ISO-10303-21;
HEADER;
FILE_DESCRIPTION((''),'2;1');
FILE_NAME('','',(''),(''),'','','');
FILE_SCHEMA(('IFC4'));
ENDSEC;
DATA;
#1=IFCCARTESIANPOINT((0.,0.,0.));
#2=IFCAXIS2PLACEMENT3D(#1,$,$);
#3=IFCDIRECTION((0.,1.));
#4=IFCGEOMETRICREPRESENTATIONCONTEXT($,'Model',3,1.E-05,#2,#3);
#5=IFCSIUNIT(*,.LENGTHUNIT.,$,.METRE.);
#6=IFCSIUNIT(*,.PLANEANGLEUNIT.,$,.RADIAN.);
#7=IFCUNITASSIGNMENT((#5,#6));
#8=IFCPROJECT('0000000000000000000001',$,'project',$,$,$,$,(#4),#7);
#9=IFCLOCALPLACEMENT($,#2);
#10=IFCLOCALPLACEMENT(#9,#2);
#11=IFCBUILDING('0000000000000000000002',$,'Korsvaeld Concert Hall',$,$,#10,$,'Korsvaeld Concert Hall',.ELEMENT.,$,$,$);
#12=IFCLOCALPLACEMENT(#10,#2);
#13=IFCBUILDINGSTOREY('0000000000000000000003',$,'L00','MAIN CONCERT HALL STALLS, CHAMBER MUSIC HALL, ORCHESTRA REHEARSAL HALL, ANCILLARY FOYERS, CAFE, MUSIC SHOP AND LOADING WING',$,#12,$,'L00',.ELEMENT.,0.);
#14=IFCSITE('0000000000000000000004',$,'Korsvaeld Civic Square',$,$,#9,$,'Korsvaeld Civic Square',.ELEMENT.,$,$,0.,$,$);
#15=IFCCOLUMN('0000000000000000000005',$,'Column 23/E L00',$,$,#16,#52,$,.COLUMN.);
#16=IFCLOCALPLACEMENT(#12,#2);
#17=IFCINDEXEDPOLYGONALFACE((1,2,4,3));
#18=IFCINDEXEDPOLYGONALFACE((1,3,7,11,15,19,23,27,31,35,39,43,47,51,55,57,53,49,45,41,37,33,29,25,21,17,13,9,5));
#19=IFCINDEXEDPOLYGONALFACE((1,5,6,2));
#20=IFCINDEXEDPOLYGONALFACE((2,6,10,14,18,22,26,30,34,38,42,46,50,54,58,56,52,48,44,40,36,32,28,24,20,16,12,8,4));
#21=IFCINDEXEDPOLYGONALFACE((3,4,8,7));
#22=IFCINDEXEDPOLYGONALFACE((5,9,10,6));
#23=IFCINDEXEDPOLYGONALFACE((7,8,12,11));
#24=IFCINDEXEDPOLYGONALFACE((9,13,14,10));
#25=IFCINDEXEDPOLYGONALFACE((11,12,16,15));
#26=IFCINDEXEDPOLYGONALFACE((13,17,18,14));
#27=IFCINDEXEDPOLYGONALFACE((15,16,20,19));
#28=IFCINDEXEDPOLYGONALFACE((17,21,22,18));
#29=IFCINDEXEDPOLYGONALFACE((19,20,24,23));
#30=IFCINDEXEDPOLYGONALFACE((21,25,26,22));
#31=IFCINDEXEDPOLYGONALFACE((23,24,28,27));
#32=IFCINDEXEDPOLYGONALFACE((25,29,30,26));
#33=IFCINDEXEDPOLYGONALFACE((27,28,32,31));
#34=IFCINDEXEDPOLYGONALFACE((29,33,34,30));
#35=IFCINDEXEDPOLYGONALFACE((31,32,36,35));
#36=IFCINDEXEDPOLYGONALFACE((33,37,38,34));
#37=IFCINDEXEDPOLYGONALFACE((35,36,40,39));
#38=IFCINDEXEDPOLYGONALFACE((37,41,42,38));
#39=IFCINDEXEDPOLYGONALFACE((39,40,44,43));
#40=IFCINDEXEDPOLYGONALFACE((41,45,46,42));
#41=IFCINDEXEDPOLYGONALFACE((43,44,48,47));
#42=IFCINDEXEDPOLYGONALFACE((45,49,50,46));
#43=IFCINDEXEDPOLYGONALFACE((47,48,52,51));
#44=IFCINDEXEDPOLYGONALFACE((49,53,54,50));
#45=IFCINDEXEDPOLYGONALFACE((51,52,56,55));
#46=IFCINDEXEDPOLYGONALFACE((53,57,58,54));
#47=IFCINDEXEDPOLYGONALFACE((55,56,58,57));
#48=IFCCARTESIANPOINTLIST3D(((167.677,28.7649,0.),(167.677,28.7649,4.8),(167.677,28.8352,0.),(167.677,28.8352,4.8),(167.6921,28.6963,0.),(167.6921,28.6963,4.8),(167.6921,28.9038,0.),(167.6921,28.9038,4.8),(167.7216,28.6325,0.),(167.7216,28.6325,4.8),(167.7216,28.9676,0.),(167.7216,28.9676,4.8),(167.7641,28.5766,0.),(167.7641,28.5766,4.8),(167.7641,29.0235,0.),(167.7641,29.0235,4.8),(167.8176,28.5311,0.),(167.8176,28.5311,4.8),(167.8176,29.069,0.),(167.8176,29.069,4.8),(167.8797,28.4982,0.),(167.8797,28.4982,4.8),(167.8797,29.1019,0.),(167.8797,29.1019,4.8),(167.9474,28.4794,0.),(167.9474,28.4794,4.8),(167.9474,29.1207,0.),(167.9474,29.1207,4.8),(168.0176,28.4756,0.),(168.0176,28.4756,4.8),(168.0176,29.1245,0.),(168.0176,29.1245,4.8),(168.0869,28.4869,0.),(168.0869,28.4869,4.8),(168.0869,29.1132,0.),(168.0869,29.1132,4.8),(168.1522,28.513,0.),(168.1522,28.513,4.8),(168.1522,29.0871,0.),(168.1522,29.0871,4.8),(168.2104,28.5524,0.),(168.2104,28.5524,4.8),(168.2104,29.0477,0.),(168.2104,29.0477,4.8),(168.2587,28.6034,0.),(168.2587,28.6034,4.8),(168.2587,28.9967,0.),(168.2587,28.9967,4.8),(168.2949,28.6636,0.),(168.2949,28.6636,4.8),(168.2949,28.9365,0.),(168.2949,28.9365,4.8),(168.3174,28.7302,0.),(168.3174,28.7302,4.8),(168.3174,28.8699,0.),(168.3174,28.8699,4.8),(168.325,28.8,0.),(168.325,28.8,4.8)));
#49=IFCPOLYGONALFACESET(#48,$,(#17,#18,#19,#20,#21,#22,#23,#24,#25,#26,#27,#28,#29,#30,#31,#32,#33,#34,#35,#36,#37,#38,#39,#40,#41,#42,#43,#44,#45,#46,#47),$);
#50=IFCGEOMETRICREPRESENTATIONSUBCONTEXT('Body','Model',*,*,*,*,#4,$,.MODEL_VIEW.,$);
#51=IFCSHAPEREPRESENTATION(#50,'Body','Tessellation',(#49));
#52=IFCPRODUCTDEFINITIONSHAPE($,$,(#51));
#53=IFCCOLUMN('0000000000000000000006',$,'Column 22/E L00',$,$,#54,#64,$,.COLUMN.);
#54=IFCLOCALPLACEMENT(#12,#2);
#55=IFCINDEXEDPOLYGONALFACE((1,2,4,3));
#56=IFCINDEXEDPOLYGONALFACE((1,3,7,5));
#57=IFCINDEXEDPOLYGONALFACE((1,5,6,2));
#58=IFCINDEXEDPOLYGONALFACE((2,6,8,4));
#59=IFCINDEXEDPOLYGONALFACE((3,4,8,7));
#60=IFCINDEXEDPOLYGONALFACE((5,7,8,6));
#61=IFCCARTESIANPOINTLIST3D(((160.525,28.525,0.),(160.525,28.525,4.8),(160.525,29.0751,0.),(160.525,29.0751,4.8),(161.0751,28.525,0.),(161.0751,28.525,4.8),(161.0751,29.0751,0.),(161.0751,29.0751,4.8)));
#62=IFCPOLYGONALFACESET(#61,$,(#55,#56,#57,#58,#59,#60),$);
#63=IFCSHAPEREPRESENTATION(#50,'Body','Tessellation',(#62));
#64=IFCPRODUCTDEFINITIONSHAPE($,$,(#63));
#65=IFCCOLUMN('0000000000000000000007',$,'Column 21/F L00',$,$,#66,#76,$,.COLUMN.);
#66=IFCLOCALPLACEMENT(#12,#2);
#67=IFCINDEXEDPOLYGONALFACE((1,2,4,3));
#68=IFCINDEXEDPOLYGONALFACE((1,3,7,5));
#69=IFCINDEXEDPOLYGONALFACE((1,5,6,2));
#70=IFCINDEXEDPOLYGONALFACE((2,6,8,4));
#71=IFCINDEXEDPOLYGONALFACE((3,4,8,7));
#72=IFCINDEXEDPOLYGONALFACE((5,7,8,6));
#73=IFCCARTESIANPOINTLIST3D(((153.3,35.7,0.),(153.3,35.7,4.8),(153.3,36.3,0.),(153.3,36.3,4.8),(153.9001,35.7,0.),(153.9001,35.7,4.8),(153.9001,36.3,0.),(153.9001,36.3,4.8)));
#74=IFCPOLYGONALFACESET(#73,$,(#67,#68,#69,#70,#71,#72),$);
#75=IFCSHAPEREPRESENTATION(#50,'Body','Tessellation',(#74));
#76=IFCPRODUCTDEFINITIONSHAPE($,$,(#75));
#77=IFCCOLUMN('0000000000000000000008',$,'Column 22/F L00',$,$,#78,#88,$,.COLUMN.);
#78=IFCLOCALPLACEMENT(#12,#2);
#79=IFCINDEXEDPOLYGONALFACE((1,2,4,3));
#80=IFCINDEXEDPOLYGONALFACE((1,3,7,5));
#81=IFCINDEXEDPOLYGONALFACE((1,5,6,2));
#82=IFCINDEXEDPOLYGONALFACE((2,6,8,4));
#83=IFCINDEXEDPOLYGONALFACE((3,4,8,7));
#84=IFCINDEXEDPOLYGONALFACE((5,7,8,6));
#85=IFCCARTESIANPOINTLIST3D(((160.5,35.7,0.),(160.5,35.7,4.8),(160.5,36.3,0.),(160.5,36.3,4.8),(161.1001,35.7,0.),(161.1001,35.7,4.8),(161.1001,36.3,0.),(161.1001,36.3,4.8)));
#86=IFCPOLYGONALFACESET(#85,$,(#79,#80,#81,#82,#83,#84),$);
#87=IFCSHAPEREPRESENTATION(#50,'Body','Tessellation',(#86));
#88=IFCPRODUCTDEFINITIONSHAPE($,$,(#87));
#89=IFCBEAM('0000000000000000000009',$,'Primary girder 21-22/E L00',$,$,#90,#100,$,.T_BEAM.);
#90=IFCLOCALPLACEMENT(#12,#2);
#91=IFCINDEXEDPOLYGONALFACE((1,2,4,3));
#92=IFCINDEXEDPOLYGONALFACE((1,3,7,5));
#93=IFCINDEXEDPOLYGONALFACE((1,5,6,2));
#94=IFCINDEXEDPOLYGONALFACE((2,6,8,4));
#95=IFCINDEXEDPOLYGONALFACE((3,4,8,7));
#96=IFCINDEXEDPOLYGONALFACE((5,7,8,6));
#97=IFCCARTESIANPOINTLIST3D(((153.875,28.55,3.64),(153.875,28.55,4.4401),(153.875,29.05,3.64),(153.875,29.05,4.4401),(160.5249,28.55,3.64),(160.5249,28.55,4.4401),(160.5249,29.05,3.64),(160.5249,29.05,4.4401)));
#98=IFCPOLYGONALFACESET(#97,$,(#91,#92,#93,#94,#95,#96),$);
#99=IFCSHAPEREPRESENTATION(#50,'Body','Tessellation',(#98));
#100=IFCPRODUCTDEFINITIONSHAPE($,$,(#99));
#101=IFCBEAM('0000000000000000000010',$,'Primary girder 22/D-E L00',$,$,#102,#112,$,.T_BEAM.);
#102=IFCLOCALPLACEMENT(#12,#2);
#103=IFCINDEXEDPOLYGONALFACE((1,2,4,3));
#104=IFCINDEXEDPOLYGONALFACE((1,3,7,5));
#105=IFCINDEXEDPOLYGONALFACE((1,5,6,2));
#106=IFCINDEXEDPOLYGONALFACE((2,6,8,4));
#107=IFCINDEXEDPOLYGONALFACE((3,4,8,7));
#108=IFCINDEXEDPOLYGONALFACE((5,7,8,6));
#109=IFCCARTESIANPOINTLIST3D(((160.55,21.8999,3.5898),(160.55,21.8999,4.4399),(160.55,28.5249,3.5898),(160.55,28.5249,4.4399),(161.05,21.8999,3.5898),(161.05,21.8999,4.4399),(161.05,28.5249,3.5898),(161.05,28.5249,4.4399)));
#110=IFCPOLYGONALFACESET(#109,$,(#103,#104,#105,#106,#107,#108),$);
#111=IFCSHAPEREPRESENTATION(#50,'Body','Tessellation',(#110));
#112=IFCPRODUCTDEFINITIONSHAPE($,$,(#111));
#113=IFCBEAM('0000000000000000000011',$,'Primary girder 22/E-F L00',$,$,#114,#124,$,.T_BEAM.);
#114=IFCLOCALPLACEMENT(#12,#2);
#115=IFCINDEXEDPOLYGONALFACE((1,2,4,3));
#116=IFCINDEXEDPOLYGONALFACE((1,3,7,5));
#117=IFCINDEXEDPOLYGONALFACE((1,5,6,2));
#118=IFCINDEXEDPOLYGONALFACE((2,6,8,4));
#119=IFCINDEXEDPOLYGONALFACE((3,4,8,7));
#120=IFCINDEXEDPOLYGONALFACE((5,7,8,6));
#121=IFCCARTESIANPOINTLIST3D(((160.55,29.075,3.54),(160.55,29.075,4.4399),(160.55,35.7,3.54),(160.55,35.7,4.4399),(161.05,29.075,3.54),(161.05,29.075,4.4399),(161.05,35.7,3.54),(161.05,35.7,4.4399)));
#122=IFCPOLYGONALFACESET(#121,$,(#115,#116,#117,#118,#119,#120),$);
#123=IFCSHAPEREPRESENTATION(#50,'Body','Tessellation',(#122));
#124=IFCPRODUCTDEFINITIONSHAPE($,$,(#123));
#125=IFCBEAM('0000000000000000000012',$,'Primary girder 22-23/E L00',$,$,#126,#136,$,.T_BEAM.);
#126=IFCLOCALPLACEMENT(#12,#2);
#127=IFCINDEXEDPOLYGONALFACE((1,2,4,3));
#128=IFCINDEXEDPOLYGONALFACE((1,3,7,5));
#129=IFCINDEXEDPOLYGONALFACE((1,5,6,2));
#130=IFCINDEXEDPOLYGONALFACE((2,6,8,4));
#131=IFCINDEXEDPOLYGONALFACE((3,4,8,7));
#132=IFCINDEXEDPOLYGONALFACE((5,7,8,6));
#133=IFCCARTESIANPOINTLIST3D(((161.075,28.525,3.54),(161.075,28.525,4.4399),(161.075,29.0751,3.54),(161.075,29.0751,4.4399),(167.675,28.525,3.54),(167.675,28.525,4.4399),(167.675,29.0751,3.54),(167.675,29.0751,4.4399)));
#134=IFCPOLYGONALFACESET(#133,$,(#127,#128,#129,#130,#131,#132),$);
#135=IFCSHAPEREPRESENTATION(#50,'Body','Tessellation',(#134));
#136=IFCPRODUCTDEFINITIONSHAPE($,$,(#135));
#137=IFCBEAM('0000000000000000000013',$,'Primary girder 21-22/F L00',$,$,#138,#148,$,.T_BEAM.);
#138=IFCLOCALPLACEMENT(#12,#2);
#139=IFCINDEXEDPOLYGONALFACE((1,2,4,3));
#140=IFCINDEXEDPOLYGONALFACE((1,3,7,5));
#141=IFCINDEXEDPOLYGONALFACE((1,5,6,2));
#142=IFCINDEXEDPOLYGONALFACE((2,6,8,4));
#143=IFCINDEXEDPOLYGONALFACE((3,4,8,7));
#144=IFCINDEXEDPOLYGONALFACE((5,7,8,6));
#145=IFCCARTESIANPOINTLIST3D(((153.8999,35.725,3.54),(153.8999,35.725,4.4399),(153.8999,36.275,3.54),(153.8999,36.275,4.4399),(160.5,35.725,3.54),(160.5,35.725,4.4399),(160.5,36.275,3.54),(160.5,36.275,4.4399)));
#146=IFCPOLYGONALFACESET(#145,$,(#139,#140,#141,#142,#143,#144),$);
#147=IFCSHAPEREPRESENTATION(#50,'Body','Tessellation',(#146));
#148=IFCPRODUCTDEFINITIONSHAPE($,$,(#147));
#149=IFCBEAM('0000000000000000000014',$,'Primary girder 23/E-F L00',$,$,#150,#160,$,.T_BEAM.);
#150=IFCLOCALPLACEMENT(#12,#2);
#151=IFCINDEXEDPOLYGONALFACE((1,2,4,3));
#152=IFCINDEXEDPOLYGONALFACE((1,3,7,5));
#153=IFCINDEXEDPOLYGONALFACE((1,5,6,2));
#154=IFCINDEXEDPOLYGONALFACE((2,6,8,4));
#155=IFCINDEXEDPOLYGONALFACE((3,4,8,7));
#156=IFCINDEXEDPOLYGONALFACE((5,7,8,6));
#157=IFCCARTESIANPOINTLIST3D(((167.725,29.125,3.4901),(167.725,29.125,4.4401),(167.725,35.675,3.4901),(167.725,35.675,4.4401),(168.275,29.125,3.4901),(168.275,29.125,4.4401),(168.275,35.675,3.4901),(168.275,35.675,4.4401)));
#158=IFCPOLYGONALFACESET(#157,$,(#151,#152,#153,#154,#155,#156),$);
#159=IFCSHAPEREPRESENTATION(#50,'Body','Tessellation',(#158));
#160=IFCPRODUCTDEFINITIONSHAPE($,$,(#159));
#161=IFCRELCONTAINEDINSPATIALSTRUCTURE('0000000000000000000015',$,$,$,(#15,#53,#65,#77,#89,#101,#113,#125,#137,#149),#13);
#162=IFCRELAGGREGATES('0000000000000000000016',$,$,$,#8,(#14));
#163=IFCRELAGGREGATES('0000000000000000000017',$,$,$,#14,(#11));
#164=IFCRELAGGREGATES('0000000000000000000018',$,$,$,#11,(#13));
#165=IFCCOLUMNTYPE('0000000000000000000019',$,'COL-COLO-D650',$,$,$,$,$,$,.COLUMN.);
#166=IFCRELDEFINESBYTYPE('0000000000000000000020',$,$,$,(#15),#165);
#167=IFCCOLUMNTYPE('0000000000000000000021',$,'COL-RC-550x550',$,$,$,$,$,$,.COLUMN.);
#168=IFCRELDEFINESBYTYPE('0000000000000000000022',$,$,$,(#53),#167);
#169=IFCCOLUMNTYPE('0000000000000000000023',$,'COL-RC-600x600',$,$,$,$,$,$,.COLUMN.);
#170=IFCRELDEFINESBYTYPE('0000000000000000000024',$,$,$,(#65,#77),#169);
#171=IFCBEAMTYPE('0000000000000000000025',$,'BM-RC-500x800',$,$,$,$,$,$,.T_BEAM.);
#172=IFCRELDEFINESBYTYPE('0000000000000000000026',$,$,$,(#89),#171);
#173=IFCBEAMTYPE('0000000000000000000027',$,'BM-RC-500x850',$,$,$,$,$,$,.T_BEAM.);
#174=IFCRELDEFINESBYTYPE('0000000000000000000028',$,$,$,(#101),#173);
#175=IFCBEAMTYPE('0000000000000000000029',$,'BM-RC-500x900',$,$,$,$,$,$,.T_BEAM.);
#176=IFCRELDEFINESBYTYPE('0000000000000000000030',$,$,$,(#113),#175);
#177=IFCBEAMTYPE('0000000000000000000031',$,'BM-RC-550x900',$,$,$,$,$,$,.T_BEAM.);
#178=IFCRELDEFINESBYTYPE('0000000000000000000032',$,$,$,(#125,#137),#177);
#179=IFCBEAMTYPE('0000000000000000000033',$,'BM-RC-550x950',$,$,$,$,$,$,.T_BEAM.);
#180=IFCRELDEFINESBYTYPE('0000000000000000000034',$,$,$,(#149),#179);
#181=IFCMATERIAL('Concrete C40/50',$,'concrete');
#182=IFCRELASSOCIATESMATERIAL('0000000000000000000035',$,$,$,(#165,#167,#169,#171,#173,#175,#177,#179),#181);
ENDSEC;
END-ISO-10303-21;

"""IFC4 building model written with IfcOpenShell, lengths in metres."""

from ifc_helpers import new_model, si_unit, direction, frame, origin, origin_2d, place, context, subcontext, project, spatial, rectangle, circle, extrude, material, material_profile, profile_set, type_object, element, save


model = new_model("IFC4")

# Units and contexts
model_context = context("Model", 3, precision=1e-05, world=origin(), true_north=direction((0.0, 1.0)))
body_context = subcontext(model_context, "Body", "Model", "MODEL_VIEW")
ifc_project = project(units=[si_unit("LENGTHUNIT", "METRE"), si_unit("PLANEANGLEUNIT", "RADIAN")], contexts=[model_context])

# Site, building, storey
site_placement = place(None, origin())
site = spatial("IfcSite", under=ifc_project, at=site_placement, Name="Korsvaeld Civic Square", LongName="Korsvaeld Civic Square", CompositionType="ELEMENT", RefElevation=0.0)
building_placement = place(site_placement, origin())
building = spatial("IfcBuilding", under=site, at=building_placement, Name="Korsvaeld Concert Hall", LongName="Korsvaeld Concert Hall", CompositionType="ELEMENT")
storey_placement = place(building_placement, origin())
storey = spatial("IfcBuildingStorey", under=building, at=storey_placement, Name="L00", Description="MAIN CONCERT HALL STALLS, CHAMBER MUSIC HALL, ORCHESTRA REHEARSAL HALL, ANCILLARY FOYERS, CAFE, MUSIC SHOP AND LOADING WING", LongName="L00", CompositionType="ELEMENT", Elevation=0.0)

# Columns
ifc_material_1 = material(Name="Concrete C40/50", Category="concrete")
ifc_material_profile_1 = material_profile(ifc_material_1, circle(Radius=0.325, at=origin_2d()), Name="RC D650")
ifc_profile_set_1 = profile_set([ifc_material_profile_1], Name="Concrete C40/50")
column_type_1 = type_object("IfcColumnType", Name="COL-COLO-D650", PredefinedType="COLUMN", material=ifc_profile_set_1)
column_1_placement = place(storey_placement, frame((168.0, 28.8, 0.0), z_axis=(0.0, 0.0, 1.0), x_axis=(1.0, 0.0, 0.0)))
element("IfcColumn", 1, at=column_1_placement, inside=storey, type_object=column_type_1, Name="Column 23/E L00", PredefinedType="COLUMN", context=body_context, shape_type="SweptSolid", body=[
    extrude(circle(Radius=0.325, at=origin_2d()), origin(), (0.0, 0.0, 1.0), 4.8),
])
ifc_material_profile_2 = material_profile(ifc_material_1, rectangle(XDim=0.55, YDim=0.55, at=origin_2d()), Name="RC 550x550")
ifc_profile_set_2 = profile_set([ifc_material_profile_2], Name="Concrete C40/50")
column_type_2 = type_object("IfcColumnType", Name="COL-RC-550x550", PredefinedType="COLUMN", material=ifc_profile_set_2)
column_2_placement = place(storey_placement, frame((160.8, 28.8, 0.0), z_axis=(0.0, 0.0, 1.0), x_axis=(1.0, 0.0, 0.0)))
element("IfcColumn", 2, at=column_2_placement, inside=storey, type_object=column_type_2, Name="Column 22/E L00", PredefinedType="COLUMN", context=body_context, shape_type="SweptSolid", body=[
    extrude(rectangle(XDim=0.55, YDim=0.55, at=origin_2d()), origin(), (0.0, 0.0, 1.0), 4.8),
])
ifc_material_profile_3 = material_profile(ifc_material_1, rectangle(XDim=0.6001, YDim=0.6001, at=origin_2d()), Name="RC 600x600")
ifc_profile_set_3 = profile_set([ifc_material_profile_3], Name="Concrete C40/50")
column_type_3 = type_object("IfcColumnType", Name="COL-RC-600x600", PredefinedType="COLUMN", material=ifc_profile_set_3)
for number, where, z_axis, x_axis, name in (
    (3, (153.6001, 36.0, 0.0), (0.0, 0.0, 1.0), (1.0, 0.0, 0.0), "Column 21/F L00"),
    (4, (160.8, 36.0, 0.0), (0.0, 0.0, 1.0), (1.0, 0.0, 0.0), "Column 22/F L00"),
):
    element("IfcColumn", number, at=place(storey_placement, frame(where, z_axis=z_axis, x_axis=x_axis)), inside=storey, type_object=column_type_3, Name=name, PredefinedType="COLUMN", context=body_context, shape_type="SweptSolid", body=[
        extrude(rectangle(XDim=0.6001, YDim=0.6001, at=origin_2d()), origin(), (0.0, 0.0, 1.0), 4.8),
    ])

# Beams
ifc_material_profile_4 = material_profile(ifc_material_1, rectangle(XDim=0.5, YDim=0.8, at=origin_2d()), Name="RC 500x800")
ifc_profile_set_4 = profile_set([ifc_material_profile_4], Name="Concrete C40/50")
beam_type_1 = type_object("IfcBeamType", Name="BM-RC-500x800", PredefinedType="T_BEAM", material=ifc_profile_set_4)
beam_1_placement = place(storey_placement, frame((153.875, 28.8, 4.04), z_axis=(1.0, 0.0, 0.0), x_axis=(0.0, 1.0, 0.0)))
element("IfcBeam", 5, at=beam_1_placement, inside=storey, type_object=beam_type_1, Name="Primary girder 21-22/E L00", PredefinedType="T_BEAM", context=body_context, shape_type="SweptSolid", body=[
    extrude(rectangle(XDim=0.5, YDim=0.8, at=origin_2d()), origin(), (0.0, 0.0, 1.0), 6.6499),
])
ifc_material_profile_5 = material_profile(ifc_material_1, rectangle(XDim=0.5, YDim=0.8501, at=origin_2d()), Name="RC 500x850")
ifc_profile_set_5 = profile_set([ifc_material_profile_5], Name="Concrete C40/50")
beam_type_2 = type_object("IfcBeamType", Name="BM-RC-500x850", PredefinedType="T_BEAM", material=ifc_profile_set_5)
beam_2_placement = place(storey_placement, frame((160.8, 21.8999, 4.0149), z_axis=(0.0, 1.0, 0.0), x_axis=(-1.0, 0.0, 0.0)))
element("IfcBeam", 6, at=beam_2_placement, inside=storey, type_object=beam_type_2, Name="Primary girder 22/D-E L00", PredefinedType="T_BEAM", context=body_context, shape_type="SweptSolid", body=[
    extrude(rectangle(XDim=0.5, YDim=0.8501, at=origin_2d()), origin(), (0.0, 0.0, 1.0), 6.625),
])
ifc_material_profile_6 = material_profile(ifc_material_1, rectangle(XDim=0.5, YDim=0.8999, at=origin_2d()), Name="RC 500x900")
ifc_profile_set_6 = profile_set([ifc_material_profile_6], Name="Concrete C40/50")
beam_type_3 = type_object("IfcBeamType", Name="BM-RC-500x900", PredefinedType="T_BEAM", material=ifc_profile_set_6)
beam_3_placement = place(storey_placement, frame((160.8, 29.075, 3.99), z_axis=(0.0, 1.0, 0.0), x_axis=(-1.0, 0.0, 0.0)))
element("IfcBeam", 7, at=beam_3_placement, inside=storey, type_object=beam_type_3, Name="Primary girder 22/E-F L00", PredefinedType="T_BEAM", context=body_context, shape_type="SweptSolid", body=[
    extrude(rectangle(XDim=0.5, YDim=0.8999, at=origin_2d()), origin(), (0.0, 0.0, 1.0), 6.625),
])
ifc_material_profile_7 = material_profile(ifc_material_1, rectangle(XDim=0.55, YDim=0.8999, at=origin_2d()), Name="RC 550x900")
ifc_profile_set_7 = profile_set([ifc_material_profile_7], Name="Concrete C40/50")
beam_type_4 = type_object("IfcBeamType", Name="BM-RC-550x900", PredefinedType="T_BEAM", material=ifc_profile_set_7)
for number, where, z_axis, x_axis, name in (
    (8, (161.075, 28.8, 3.99), (1.0, 0.0, 0.0), (0.0, 1.0, 0.0), "Primary girder 22-23/E L00"),
    (9, (153.8999, 36.0, 3.99), (1.0, 0.0, 0.0), (0.0, 1.0, 0.0), "Primary girder 21-22/F L00"),
):
    element("IfcBeam", number, at=place(storey_placement, frame(where, z_axis=z_axis, x_axis=x_axis)), inside=storey, type_object=beam_type_4, Name=name, PredefinedType="T_BEAM", context=body_context, shape_type="SweptSolid", body=[
        extrude(rectangle(XDim=0.55, YDim=0.8999, at=origin_2d()), origin(), (0.0, 0.0, 1.0), 6.6001),
    ])
ifc_material_profile_8 = material_profile(ifc_material_1, rectangle(XDim=0.55, YDim=0.95, at=origin_2d()), Name="RC 550x950")
ifc_profile_set_8 = profile_set([ifc_material_profile_8], Name="Concrete C40/50")
beam_type_5 = type_object("IfcBeamType", Name="BM-RC-550x950", PredefinedType="T_BEAM", material=ifc_profile_set_8)
beam_4_placement = place(storey_placement, frame((168.0, 29.125, 3.9651), z_axis=(0.0, 1.0, 0.0), x_axis=(-1.0, 0.0, 0.0)))
element("IfcBeam", 10, at=beam_4_placement, inside=storey, type_object=beam_type_5, Name="Primary girder 23/E-F L00", PredefinedType="T_BEAM", context=body_context, shape_type="SweptSolid", body=[
    extrude(rectangle(XDim=0.55, YDim=0.95, at=origin_2d()), origin(), (0.0, 0.0, 1.0), 6.55),
])

save(model, "model.ifc")
